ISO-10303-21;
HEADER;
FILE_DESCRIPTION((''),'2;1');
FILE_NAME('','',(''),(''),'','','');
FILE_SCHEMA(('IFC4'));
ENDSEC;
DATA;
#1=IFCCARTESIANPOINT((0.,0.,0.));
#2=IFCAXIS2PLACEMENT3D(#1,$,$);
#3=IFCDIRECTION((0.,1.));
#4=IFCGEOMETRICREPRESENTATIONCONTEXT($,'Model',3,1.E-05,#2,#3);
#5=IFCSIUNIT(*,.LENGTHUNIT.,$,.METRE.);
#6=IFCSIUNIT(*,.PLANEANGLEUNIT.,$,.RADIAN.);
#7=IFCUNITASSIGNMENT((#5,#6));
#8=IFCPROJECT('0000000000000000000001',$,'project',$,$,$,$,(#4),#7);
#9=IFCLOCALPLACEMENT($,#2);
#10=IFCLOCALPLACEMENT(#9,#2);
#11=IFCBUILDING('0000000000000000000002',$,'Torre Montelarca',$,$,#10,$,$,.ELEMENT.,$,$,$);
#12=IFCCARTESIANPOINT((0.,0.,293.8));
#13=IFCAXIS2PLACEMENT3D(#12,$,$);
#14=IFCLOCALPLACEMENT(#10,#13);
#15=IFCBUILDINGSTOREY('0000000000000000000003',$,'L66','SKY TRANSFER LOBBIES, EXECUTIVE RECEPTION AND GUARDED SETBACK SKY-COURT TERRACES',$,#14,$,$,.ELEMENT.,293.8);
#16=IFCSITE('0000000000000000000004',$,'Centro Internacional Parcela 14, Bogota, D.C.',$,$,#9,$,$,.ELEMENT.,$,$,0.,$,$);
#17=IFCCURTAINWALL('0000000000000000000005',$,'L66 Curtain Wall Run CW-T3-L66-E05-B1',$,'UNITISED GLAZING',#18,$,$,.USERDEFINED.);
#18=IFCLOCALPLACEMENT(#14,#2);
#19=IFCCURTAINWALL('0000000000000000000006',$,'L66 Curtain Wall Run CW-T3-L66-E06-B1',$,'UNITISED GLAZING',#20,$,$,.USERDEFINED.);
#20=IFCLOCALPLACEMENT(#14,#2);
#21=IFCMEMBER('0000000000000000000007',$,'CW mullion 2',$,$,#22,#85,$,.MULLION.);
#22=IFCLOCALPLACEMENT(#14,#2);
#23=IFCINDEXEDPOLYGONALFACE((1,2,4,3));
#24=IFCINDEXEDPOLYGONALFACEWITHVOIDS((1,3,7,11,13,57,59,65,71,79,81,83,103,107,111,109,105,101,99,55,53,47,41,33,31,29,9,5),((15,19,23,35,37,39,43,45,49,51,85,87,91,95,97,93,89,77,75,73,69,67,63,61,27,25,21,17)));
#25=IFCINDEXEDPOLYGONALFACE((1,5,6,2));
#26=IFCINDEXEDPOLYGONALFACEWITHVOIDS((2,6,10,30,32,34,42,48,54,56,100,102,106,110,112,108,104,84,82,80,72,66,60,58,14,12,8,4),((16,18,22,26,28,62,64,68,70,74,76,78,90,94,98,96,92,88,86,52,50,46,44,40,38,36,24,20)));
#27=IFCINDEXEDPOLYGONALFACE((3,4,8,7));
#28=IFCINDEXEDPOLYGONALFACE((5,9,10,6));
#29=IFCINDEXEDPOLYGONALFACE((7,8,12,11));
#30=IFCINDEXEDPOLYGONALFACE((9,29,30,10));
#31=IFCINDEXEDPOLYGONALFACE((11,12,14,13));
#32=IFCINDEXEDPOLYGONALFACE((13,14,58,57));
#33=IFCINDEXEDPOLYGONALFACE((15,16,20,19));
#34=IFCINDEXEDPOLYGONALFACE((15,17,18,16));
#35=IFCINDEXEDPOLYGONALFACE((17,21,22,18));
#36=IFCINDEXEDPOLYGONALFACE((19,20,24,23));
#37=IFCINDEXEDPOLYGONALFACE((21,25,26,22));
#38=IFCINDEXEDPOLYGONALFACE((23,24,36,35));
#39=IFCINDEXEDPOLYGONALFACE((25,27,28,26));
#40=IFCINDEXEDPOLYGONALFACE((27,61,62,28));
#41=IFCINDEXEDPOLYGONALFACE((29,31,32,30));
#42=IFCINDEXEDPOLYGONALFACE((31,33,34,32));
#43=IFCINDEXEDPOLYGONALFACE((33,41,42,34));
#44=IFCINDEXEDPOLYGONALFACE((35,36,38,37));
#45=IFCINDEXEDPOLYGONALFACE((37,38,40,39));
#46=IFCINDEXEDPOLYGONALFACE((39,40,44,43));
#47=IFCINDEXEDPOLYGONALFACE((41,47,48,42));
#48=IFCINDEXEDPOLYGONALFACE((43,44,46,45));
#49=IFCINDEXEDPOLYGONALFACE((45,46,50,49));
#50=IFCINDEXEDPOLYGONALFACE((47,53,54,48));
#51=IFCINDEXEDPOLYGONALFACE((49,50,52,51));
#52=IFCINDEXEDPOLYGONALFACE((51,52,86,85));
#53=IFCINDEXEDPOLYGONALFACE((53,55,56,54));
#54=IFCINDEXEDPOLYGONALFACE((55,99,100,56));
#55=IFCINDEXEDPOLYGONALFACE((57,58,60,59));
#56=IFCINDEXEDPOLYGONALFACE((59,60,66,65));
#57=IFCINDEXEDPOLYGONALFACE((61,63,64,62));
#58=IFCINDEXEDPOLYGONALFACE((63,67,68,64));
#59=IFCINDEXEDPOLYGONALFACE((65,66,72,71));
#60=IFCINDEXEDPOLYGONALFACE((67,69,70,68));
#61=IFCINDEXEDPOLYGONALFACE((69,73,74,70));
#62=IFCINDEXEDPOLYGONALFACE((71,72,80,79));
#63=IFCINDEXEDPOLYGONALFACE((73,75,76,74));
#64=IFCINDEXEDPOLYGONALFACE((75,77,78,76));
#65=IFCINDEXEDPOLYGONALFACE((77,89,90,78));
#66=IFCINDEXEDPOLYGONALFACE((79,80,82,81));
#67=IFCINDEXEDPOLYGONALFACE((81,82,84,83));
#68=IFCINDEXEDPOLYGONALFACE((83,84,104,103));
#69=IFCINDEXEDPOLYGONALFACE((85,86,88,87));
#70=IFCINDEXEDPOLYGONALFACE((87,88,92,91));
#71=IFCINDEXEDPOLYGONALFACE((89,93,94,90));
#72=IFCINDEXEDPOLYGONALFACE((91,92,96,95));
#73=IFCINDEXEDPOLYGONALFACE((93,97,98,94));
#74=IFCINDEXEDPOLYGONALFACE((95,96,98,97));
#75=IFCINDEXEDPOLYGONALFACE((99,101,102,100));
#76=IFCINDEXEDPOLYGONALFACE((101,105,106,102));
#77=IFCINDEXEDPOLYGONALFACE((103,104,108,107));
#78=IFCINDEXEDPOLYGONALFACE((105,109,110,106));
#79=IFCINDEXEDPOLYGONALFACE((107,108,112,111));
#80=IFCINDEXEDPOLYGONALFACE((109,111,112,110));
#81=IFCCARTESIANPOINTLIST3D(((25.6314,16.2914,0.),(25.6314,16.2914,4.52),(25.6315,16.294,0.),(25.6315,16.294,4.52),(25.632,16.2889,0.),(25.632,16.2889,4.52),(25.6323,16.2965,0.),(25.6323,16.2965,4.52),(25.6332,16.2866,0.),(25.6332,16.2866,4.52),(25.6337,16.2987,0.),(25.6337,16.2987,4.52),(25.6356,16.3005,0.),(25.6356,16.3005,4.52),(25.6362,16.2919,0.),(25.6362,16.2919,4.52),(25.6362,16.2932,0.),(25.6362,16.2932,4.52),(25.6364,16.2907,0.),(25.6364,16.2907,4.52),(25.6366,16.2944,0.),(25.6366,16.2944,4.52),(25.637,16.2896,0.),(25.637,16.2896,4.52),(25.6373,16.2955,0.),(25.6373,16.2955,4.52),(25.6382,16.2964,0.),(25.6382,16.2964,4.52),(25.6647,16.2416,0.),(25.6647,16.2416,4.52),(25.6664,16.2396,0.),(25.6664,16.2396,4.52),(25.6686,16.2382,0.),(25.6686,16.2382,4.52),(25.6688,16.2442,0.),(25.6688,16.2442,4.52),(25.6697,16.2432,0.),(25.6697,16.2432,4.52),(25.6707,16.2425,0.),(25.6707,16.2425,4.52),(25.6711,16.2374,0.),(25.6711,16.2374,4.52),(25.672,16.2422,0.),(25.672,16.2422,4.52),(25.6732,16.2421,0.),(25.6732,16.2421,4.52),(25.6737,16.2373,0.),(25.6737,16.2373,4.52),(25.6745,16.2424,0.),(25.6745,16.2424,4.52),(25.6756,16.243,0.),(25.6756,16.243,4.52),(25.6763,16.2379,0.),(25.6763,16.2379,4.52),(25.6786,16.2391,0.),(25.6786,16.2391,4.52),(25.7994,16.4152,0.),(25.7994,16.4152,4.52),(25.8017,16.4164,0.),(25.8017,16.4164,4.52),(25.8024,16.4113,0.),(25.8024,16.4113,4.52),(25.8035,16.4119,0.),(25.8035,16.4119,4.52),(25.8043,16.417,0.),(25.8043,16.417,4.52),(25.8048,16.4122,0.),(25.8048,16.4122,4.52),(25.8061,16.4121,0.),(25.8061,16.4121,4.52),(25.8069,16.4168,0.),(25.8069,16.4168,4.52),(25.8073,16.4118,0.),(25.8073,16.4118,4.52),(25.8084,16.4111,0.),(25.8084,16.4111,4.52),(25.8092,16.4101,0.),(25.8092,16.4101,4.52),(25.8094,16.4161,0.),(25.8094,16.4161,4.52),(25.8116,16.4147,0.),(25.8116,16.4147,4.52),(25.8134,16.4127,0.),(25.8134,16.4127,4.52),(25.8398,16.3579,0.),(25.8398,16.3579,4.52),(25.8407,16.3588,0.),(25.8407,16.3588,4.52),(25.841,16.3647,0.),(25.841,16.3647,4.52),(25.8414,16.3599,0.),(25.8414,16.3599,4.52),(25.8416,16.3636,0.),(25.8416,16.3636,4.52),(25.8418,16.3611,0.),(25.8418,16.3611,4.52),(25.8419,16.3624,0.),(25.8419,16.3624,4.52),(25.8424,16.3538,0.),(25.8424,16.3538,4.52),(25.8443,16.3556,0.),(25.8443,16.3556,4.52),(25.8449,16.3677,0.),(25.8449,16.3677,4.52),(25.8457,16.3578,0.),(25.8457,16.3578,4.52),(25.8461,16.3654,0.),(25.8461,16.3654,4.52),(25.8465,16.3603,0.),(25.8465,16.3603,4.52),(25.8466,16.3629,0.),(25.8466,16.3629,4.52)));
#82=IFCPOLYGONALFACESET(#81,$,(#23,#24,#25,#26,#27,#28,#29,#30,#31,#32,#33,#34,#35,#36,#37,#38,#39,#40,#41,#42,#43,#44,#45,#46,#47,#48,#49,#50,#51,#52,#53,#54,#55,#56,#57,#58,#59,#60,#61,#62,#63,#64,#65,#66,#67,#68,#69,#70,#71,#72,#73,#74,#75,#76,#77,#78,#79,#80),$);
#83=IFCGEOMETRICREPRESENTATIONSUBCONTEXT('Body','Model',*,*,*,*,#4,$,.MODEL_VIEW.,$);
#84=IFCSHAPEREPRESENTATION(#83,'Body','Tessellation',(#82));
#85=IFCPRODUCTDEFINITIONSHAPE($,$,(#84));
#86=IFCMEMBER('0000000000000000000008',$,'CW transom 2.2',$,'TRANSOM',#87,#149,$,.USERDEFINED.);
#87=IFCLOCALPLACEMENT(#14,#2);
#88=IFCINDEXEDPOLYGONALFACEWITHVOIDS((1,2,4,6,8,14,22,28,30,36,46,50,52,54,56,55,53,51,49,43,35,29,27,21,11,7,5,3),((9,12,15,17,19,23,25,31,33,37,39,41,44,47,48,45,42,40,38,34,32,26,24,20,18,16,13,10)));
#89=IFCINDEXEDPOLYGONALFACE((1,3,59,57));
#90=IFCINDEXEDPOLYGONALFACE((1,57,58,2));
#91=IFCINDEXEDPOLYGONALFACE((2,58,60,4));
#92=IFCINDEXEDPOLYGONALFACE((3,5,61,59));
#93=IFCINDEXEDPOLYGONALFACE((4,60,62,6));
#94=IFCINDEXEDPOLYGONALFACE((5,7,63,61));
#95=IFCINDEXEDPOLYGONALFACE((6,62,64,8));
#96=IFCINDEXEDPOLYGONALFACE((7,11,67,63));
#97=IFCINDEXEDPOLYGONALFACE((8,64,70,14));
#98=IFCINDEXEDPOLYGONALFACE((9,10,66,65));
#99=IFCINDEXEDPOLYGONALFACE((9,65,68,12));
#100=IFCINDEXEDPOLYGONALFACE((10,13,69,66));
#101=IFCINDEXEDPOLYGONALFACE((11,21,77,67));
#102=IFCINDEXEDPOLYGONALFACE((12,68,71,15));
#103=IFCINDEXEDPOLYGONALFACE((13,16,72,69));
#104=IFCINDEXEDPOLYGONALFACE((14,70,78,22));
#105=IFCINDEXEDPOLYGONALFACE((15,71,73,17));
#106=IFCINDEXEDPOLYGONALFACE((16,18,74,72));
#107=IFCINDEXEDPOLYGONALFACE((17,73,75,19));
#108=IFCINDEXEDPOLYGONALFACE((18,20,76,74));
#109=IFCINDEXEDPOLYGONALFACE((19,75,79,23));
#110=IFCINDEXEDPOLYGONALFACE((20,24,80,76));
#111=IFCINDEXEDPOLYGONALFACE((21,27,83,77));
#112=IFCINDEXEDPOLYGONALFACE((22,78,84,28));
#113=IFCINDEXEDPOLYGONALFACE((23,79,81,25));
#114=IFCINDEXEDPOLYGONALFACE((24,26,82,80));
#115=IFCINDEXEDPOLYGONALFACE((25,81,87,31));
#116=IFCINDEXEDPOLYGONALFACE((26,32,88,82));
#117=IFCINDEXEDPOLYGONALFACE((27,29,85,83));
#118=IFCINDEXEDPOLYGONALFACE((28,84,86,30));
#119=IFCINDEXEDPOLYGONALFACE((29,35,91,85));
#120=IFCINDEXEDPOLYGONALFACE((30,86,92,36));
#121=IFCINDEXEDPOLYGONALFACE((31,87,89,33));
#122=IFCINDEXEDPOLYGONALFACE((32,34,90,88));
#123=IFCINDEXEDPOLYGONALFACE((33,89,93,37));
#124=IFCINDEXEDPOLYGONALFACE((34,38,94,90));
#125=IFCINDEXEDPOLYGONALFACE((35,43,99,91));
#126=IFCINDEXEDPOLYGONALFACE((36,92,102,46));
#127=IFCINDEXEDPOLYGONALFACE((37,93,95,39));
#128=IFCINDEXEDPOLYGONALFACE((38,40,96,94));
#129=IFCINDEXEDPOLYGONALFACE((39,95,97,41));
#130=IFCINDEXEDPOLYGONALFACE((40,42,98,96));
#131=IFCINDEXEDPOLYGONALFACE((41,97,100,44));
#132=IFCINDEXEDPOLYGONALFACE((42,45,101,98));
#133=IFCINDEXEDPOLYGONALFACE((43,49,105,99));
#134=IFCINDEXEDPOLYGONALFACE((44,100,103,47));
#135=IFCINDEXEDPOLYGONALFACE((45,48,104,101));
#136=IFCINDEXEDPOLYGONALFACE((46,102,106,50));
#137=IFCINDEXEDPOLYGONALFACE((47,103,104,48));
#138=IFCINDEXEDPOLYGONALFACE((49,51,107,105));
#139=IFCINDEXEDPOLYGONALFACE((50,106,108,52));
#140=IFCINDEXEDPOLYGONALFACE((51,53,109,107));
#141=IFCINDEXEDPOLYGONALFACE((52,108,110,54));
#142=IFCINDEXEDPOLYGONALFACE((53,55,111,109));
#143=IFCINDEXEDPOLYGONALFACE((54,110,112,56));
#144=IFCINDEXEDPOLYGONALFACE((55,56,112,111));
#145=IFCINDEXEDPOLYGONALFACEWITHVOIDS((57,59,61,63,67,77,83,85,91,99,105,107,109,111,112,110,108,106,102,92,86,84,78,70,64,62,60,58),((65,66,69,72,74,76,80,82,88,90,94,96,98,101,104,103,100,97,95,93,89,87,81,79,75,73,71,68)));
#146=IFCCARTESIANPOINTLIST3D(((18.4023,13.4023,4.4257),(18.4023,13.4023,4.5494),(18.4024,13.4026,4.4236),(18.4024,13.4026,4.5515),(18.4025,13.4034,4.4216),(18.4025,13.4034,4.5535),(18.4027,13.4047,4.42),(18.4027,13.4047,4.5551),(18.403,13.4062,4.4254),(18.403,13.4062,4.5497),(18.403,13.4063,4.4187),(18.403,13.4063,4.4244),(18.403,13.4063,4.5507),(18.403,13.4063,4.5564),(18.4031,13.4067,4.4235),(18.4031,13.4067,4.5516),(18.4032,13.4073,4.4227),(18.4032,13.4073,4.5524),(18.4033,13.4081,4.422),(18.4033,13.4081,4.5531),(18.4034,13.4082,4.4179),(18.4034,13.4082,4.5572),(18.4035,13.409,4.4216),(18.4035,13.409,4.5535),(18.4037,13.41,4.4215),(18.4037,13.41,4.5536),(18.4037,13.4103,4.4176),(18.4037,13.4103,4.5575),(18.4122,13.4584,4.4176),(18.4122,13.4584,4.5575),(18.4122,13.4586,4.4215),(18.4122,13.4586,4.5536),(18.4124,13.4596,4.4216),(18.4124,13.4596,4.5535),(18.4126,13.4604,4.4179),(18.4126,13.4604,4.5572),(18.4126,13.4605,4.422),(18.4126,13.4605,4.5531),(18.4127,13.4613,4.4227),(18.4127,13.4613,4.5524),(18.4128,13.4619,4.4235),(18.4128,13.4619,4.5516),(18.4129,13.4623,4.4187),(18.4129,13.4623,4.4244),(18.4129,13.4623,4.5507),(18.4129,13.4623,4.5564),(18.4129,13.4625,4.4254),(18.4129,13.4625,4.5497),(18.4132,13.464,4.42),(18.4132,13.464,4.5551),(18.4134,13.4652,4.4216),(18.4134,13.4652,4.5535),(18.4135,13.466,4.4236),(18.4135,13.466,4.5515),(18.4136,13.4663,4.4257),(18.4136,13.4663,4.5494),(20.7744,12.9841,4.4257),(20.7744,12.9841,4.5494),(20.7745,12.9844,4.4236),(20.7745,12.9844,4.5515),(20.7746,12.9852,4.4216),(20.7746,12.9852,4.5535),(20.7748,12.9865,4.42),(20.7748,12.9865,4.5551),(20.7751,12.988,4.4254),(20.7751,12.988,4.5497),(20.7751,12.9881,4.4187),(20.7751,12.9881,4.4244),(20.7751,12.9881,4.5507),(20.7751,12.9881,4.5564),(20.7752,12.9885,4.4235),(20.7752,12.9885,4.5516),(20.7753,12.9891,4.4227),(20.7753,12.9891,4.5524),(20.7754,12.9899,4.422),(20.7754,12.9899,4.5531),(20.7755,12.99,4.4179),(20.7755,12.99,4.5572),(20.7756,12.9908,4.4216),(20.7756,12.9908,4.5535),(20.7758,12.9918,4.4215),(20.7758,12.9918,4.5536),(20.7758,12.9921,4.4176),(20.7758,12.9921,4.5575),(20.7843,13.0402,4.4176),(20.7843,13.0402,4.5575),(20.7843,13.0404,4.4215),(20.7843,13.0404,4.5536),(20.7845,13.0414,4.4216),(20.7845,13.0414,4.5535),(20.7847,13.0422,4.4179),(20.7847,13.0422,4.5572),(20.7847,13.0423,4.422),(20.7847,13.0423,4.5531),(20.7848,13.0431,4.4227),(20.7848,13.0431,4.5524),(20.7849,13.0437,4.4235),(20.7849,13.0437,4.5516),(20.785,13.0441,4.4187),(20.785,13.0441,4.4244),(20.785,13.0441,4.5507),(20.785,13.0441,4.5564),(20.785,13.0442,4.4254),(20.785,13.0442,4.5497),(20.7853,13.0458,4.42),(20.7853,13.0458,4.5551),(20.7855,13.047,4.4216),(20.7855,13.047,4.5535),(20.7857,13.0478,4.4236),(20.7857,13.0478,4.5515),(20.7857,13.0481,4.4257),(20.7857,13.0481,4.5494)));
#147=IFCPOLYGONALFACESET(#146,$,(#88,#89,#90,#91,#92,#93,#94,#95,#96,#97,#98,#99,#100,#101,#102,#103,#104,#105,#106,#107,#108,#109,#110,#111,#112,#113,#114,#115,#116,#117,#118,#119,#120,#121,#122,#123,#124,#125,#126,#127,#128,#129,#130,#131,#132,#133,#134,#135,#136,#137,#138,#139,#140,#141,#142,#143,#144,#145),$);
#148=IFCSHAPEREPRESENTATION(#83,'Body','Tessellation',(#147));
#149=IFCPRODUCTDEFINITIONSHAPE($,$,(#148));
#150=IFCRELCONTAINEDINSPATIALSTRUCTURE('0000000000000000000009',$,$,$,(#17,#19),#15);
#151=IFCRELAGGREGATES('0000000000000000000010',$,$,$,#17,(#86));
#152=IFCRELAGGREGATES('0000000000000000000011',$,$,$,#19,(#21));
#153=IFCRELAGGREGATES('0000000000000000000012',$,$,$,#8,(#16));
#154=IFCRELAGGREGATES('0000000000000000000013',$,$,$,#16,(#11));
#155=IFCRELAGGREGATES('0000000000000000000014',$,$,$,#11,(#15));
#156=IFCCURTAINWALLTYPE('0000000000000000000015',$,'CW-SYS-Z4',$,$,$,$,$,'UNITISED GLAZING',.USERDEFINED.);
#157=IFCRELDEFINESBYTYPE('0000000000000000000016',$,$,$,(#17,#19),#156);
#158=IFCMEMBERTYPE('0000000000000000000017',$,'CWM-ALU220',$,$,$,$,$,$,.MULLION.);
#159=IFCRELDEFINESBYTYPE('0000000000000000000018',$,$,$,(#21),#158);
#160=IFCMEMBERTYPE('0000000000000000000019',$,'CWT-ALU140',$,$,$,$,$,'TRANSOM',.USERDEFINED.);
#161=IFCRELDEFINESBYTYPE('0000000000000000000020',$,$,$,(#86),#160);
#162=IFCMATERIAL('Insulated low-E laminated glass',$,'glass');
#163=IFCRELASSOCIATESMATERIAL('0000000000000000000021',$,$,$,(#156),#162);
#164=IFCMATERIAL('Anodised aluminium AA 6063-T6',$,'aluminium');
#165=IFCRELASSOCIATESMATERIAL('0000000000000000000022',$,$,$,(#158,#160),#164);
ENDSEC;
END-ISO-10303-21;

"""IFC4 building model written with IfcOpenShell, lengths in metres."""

from ifc_helpers import new_model, si_unit, direction, frame, origin, origin_2d, place, context, subcontext, project, spatial, hollow_rectangle, extrude, source, transform, mapped, material, material_profile, profile_set, type_object, element, aggregate, save


model = new_model("IFC4")

# Units and contexts
model_context = context("Model", 3, precision=1e-05, world=origin(), true_north=direction((0.0, 1.0)))
body_context = subcontext(model_context, "Body", "Model", "MODEL_VIEW")
ifc_project = project(units=[si_unit("LENGTHUNIT", "METRE"), si_unit("PLANEANGLEUNIT", "RADIAN")], contexts=[model_context])

# Site, building, storey
site_placement = place(None, origin())
site = spatial("IfcSite", under=ifc_project, at=site_placement, Name="Centro Internacional Parcela 14, Bogota, D.C.", CompositionType="ELEMENT", RefElevation=0.0)
building_placement = place(site_placement, origin())
building = spatial("IfcBuilding", under=site, at=building_placement, Name="Torre Montelarca", CompositionType="ELEMENT")
storey_placement = place(building_placement, frame((0.0, 0.0, 293.8)))
storey = spatial("IfcBuildingStorey", under=building, at=storey_placement, Name="L66", Description="SKY TRANSFER LOBBIES, EXECUTIVE RECEPTION AND GUARDED SETBACK SKY-COURT TERRACES", CompositionType="ELEMENT", Elevation=293.8)

# Curtain wall
ifc_material_1 = material(Name="Insulated low-E laminated glass", Category="glass")
curtain_wall_type = type_object("IfcCurtainWallType", Name="CW-SYS-Z4", ElementType="UNITISED GLAZING", PredefinedType="USERDEFINED", material=ifc_material_1)
curtain_wall_1_placement = place(storey_placement, origin())
curtain_wall_1 = element("IfcCurtainWall", 1, at=curtain_wall_1_placement, inside=storey, type_object=curtain_wall_type, Name="L66 Curtain Wall Run CW-T3-L66-E05-B1", ObjectType="UNITISED GLAZING", PredefinedType="USERDEFINED")
ifc_material_2 = material(Name="Anodised aluminium AA 6063-T6", Category="aluminium")
ifc_material_profile_1 = material_profile(ifc_material_2, hollow_rectangle(XDim=0.075, YDim=0.22, WallThickness=0.0049, InnerFilletRadius=0.0049, OuterFilletRadius=0.01, at=origin_2d()), Name="ALU75X220X5", Category="aluminium")
ifc_profile_set_1 = profile_set([ifc_material_profile_1], Name="Anodised aluminium AA 6063-T6")
member_type_1 = type_object("IfcMemberType", Name="CWM-ALU220", PredefinedType="MULLION", material=ifc_profile_set_1)
shared_shape_1 = source(origin(), body_context, "Body", "SweptSolid", [
    extrude(hollow_rectangle(XDim=0.075, YDim=0.22, WallThickness=0.0049, InnerFilletRadius=0.0049, OuterFilletRadius=0.01, at=origin_2d()), origin(), (0.0, 0.0, 1.0), 4.52),
])

# Curtain wall, member
curtain_wall_2_placement = place(storey_placement, origin())
curtain_wall_2 = element("IfcCurtainWall", 2, at=curtain_wall_2_placement, inside=storey, type_object=curtain_wall_type, Name="L66 Curtain Wall Run CW-T3-L66-E06-B1", ObjectType="UNITISED GLAZING", PredefinedType="USERDEFINED")
member_1_placement = place(storey_placement, frame((25.739, 16.3271, 0.0), z_axis=(0.0, 0.0, 1.0), x_axis=(-0.573565, 0.81916, 0.0)))
member_1 = element("IfcMember", 3, at=member_1_placement, type_object=member_type_1, Name="CW mullion 2", PredefinedType="MULLION", context=body_context, shape_type="MappedRepresentation", body=[
    mapped(shared_shape_1, transform((0.0, 0.0, 0.0), scale=1.0)),
])

# Member
ifc_material_profile_2 = material_profile(ifc_material_2, hollow_rectangle(XDim=0.0649, YDim=0.1399, WallThickness=0.0039, InnerFilletRadius=0.0039, OuterFilletRadius=0.0081, at=origin_2d()), Name="ALU65X140X4", Category="aluminium")
ifc_profile_set_2 = profile_set([ifc_material_profile_2], Name="Anodised aluminium AA 6063-T6")
member_type_2 = type_object("IfcMemberType", Name="CWT-ALU140", ElementType="TRANSOM", PredefinedType="USERDEFINED", material=ifc_profile_set_2)
shared_shape_2 = source(origin(), body_context, "Body", "SweptSolid", [
    extrude(hollow_rectangle(XDim=0.0649, YDim=0.1399, WallThickness=0.0039, InnerFilletRadius=0.0039, OuterFilletRadius=0.0081, at=origin_2d()), origin(), (0.0, 0.0, 1.0), 2.4087),
])
member_2_placement = place(storey_placement, frame((18.408, 13.4343, 4.4875), z_axis=(0.984811, -0.173629, 0.0), x_axis=(0.173629, 0.984811, 0.0)))
member_2 = element("IfcMember", 4, at=member_2_placement, type_object=member_type_2, Name="CW transom 2.2", ObjectType="TRANSOM", PredefinedType="USERDEFINED", context=body_context, shape_type="MappedRepresentation", body=[
    mapped(shared_shape_2, transform((0.0, 0.0, 0.0), scale=1.0)),
])

aggregate(curtain_wall_1, [member_2])
aggregate(curtain_wall_2, [member_1])

save(model, "model.ifc")
